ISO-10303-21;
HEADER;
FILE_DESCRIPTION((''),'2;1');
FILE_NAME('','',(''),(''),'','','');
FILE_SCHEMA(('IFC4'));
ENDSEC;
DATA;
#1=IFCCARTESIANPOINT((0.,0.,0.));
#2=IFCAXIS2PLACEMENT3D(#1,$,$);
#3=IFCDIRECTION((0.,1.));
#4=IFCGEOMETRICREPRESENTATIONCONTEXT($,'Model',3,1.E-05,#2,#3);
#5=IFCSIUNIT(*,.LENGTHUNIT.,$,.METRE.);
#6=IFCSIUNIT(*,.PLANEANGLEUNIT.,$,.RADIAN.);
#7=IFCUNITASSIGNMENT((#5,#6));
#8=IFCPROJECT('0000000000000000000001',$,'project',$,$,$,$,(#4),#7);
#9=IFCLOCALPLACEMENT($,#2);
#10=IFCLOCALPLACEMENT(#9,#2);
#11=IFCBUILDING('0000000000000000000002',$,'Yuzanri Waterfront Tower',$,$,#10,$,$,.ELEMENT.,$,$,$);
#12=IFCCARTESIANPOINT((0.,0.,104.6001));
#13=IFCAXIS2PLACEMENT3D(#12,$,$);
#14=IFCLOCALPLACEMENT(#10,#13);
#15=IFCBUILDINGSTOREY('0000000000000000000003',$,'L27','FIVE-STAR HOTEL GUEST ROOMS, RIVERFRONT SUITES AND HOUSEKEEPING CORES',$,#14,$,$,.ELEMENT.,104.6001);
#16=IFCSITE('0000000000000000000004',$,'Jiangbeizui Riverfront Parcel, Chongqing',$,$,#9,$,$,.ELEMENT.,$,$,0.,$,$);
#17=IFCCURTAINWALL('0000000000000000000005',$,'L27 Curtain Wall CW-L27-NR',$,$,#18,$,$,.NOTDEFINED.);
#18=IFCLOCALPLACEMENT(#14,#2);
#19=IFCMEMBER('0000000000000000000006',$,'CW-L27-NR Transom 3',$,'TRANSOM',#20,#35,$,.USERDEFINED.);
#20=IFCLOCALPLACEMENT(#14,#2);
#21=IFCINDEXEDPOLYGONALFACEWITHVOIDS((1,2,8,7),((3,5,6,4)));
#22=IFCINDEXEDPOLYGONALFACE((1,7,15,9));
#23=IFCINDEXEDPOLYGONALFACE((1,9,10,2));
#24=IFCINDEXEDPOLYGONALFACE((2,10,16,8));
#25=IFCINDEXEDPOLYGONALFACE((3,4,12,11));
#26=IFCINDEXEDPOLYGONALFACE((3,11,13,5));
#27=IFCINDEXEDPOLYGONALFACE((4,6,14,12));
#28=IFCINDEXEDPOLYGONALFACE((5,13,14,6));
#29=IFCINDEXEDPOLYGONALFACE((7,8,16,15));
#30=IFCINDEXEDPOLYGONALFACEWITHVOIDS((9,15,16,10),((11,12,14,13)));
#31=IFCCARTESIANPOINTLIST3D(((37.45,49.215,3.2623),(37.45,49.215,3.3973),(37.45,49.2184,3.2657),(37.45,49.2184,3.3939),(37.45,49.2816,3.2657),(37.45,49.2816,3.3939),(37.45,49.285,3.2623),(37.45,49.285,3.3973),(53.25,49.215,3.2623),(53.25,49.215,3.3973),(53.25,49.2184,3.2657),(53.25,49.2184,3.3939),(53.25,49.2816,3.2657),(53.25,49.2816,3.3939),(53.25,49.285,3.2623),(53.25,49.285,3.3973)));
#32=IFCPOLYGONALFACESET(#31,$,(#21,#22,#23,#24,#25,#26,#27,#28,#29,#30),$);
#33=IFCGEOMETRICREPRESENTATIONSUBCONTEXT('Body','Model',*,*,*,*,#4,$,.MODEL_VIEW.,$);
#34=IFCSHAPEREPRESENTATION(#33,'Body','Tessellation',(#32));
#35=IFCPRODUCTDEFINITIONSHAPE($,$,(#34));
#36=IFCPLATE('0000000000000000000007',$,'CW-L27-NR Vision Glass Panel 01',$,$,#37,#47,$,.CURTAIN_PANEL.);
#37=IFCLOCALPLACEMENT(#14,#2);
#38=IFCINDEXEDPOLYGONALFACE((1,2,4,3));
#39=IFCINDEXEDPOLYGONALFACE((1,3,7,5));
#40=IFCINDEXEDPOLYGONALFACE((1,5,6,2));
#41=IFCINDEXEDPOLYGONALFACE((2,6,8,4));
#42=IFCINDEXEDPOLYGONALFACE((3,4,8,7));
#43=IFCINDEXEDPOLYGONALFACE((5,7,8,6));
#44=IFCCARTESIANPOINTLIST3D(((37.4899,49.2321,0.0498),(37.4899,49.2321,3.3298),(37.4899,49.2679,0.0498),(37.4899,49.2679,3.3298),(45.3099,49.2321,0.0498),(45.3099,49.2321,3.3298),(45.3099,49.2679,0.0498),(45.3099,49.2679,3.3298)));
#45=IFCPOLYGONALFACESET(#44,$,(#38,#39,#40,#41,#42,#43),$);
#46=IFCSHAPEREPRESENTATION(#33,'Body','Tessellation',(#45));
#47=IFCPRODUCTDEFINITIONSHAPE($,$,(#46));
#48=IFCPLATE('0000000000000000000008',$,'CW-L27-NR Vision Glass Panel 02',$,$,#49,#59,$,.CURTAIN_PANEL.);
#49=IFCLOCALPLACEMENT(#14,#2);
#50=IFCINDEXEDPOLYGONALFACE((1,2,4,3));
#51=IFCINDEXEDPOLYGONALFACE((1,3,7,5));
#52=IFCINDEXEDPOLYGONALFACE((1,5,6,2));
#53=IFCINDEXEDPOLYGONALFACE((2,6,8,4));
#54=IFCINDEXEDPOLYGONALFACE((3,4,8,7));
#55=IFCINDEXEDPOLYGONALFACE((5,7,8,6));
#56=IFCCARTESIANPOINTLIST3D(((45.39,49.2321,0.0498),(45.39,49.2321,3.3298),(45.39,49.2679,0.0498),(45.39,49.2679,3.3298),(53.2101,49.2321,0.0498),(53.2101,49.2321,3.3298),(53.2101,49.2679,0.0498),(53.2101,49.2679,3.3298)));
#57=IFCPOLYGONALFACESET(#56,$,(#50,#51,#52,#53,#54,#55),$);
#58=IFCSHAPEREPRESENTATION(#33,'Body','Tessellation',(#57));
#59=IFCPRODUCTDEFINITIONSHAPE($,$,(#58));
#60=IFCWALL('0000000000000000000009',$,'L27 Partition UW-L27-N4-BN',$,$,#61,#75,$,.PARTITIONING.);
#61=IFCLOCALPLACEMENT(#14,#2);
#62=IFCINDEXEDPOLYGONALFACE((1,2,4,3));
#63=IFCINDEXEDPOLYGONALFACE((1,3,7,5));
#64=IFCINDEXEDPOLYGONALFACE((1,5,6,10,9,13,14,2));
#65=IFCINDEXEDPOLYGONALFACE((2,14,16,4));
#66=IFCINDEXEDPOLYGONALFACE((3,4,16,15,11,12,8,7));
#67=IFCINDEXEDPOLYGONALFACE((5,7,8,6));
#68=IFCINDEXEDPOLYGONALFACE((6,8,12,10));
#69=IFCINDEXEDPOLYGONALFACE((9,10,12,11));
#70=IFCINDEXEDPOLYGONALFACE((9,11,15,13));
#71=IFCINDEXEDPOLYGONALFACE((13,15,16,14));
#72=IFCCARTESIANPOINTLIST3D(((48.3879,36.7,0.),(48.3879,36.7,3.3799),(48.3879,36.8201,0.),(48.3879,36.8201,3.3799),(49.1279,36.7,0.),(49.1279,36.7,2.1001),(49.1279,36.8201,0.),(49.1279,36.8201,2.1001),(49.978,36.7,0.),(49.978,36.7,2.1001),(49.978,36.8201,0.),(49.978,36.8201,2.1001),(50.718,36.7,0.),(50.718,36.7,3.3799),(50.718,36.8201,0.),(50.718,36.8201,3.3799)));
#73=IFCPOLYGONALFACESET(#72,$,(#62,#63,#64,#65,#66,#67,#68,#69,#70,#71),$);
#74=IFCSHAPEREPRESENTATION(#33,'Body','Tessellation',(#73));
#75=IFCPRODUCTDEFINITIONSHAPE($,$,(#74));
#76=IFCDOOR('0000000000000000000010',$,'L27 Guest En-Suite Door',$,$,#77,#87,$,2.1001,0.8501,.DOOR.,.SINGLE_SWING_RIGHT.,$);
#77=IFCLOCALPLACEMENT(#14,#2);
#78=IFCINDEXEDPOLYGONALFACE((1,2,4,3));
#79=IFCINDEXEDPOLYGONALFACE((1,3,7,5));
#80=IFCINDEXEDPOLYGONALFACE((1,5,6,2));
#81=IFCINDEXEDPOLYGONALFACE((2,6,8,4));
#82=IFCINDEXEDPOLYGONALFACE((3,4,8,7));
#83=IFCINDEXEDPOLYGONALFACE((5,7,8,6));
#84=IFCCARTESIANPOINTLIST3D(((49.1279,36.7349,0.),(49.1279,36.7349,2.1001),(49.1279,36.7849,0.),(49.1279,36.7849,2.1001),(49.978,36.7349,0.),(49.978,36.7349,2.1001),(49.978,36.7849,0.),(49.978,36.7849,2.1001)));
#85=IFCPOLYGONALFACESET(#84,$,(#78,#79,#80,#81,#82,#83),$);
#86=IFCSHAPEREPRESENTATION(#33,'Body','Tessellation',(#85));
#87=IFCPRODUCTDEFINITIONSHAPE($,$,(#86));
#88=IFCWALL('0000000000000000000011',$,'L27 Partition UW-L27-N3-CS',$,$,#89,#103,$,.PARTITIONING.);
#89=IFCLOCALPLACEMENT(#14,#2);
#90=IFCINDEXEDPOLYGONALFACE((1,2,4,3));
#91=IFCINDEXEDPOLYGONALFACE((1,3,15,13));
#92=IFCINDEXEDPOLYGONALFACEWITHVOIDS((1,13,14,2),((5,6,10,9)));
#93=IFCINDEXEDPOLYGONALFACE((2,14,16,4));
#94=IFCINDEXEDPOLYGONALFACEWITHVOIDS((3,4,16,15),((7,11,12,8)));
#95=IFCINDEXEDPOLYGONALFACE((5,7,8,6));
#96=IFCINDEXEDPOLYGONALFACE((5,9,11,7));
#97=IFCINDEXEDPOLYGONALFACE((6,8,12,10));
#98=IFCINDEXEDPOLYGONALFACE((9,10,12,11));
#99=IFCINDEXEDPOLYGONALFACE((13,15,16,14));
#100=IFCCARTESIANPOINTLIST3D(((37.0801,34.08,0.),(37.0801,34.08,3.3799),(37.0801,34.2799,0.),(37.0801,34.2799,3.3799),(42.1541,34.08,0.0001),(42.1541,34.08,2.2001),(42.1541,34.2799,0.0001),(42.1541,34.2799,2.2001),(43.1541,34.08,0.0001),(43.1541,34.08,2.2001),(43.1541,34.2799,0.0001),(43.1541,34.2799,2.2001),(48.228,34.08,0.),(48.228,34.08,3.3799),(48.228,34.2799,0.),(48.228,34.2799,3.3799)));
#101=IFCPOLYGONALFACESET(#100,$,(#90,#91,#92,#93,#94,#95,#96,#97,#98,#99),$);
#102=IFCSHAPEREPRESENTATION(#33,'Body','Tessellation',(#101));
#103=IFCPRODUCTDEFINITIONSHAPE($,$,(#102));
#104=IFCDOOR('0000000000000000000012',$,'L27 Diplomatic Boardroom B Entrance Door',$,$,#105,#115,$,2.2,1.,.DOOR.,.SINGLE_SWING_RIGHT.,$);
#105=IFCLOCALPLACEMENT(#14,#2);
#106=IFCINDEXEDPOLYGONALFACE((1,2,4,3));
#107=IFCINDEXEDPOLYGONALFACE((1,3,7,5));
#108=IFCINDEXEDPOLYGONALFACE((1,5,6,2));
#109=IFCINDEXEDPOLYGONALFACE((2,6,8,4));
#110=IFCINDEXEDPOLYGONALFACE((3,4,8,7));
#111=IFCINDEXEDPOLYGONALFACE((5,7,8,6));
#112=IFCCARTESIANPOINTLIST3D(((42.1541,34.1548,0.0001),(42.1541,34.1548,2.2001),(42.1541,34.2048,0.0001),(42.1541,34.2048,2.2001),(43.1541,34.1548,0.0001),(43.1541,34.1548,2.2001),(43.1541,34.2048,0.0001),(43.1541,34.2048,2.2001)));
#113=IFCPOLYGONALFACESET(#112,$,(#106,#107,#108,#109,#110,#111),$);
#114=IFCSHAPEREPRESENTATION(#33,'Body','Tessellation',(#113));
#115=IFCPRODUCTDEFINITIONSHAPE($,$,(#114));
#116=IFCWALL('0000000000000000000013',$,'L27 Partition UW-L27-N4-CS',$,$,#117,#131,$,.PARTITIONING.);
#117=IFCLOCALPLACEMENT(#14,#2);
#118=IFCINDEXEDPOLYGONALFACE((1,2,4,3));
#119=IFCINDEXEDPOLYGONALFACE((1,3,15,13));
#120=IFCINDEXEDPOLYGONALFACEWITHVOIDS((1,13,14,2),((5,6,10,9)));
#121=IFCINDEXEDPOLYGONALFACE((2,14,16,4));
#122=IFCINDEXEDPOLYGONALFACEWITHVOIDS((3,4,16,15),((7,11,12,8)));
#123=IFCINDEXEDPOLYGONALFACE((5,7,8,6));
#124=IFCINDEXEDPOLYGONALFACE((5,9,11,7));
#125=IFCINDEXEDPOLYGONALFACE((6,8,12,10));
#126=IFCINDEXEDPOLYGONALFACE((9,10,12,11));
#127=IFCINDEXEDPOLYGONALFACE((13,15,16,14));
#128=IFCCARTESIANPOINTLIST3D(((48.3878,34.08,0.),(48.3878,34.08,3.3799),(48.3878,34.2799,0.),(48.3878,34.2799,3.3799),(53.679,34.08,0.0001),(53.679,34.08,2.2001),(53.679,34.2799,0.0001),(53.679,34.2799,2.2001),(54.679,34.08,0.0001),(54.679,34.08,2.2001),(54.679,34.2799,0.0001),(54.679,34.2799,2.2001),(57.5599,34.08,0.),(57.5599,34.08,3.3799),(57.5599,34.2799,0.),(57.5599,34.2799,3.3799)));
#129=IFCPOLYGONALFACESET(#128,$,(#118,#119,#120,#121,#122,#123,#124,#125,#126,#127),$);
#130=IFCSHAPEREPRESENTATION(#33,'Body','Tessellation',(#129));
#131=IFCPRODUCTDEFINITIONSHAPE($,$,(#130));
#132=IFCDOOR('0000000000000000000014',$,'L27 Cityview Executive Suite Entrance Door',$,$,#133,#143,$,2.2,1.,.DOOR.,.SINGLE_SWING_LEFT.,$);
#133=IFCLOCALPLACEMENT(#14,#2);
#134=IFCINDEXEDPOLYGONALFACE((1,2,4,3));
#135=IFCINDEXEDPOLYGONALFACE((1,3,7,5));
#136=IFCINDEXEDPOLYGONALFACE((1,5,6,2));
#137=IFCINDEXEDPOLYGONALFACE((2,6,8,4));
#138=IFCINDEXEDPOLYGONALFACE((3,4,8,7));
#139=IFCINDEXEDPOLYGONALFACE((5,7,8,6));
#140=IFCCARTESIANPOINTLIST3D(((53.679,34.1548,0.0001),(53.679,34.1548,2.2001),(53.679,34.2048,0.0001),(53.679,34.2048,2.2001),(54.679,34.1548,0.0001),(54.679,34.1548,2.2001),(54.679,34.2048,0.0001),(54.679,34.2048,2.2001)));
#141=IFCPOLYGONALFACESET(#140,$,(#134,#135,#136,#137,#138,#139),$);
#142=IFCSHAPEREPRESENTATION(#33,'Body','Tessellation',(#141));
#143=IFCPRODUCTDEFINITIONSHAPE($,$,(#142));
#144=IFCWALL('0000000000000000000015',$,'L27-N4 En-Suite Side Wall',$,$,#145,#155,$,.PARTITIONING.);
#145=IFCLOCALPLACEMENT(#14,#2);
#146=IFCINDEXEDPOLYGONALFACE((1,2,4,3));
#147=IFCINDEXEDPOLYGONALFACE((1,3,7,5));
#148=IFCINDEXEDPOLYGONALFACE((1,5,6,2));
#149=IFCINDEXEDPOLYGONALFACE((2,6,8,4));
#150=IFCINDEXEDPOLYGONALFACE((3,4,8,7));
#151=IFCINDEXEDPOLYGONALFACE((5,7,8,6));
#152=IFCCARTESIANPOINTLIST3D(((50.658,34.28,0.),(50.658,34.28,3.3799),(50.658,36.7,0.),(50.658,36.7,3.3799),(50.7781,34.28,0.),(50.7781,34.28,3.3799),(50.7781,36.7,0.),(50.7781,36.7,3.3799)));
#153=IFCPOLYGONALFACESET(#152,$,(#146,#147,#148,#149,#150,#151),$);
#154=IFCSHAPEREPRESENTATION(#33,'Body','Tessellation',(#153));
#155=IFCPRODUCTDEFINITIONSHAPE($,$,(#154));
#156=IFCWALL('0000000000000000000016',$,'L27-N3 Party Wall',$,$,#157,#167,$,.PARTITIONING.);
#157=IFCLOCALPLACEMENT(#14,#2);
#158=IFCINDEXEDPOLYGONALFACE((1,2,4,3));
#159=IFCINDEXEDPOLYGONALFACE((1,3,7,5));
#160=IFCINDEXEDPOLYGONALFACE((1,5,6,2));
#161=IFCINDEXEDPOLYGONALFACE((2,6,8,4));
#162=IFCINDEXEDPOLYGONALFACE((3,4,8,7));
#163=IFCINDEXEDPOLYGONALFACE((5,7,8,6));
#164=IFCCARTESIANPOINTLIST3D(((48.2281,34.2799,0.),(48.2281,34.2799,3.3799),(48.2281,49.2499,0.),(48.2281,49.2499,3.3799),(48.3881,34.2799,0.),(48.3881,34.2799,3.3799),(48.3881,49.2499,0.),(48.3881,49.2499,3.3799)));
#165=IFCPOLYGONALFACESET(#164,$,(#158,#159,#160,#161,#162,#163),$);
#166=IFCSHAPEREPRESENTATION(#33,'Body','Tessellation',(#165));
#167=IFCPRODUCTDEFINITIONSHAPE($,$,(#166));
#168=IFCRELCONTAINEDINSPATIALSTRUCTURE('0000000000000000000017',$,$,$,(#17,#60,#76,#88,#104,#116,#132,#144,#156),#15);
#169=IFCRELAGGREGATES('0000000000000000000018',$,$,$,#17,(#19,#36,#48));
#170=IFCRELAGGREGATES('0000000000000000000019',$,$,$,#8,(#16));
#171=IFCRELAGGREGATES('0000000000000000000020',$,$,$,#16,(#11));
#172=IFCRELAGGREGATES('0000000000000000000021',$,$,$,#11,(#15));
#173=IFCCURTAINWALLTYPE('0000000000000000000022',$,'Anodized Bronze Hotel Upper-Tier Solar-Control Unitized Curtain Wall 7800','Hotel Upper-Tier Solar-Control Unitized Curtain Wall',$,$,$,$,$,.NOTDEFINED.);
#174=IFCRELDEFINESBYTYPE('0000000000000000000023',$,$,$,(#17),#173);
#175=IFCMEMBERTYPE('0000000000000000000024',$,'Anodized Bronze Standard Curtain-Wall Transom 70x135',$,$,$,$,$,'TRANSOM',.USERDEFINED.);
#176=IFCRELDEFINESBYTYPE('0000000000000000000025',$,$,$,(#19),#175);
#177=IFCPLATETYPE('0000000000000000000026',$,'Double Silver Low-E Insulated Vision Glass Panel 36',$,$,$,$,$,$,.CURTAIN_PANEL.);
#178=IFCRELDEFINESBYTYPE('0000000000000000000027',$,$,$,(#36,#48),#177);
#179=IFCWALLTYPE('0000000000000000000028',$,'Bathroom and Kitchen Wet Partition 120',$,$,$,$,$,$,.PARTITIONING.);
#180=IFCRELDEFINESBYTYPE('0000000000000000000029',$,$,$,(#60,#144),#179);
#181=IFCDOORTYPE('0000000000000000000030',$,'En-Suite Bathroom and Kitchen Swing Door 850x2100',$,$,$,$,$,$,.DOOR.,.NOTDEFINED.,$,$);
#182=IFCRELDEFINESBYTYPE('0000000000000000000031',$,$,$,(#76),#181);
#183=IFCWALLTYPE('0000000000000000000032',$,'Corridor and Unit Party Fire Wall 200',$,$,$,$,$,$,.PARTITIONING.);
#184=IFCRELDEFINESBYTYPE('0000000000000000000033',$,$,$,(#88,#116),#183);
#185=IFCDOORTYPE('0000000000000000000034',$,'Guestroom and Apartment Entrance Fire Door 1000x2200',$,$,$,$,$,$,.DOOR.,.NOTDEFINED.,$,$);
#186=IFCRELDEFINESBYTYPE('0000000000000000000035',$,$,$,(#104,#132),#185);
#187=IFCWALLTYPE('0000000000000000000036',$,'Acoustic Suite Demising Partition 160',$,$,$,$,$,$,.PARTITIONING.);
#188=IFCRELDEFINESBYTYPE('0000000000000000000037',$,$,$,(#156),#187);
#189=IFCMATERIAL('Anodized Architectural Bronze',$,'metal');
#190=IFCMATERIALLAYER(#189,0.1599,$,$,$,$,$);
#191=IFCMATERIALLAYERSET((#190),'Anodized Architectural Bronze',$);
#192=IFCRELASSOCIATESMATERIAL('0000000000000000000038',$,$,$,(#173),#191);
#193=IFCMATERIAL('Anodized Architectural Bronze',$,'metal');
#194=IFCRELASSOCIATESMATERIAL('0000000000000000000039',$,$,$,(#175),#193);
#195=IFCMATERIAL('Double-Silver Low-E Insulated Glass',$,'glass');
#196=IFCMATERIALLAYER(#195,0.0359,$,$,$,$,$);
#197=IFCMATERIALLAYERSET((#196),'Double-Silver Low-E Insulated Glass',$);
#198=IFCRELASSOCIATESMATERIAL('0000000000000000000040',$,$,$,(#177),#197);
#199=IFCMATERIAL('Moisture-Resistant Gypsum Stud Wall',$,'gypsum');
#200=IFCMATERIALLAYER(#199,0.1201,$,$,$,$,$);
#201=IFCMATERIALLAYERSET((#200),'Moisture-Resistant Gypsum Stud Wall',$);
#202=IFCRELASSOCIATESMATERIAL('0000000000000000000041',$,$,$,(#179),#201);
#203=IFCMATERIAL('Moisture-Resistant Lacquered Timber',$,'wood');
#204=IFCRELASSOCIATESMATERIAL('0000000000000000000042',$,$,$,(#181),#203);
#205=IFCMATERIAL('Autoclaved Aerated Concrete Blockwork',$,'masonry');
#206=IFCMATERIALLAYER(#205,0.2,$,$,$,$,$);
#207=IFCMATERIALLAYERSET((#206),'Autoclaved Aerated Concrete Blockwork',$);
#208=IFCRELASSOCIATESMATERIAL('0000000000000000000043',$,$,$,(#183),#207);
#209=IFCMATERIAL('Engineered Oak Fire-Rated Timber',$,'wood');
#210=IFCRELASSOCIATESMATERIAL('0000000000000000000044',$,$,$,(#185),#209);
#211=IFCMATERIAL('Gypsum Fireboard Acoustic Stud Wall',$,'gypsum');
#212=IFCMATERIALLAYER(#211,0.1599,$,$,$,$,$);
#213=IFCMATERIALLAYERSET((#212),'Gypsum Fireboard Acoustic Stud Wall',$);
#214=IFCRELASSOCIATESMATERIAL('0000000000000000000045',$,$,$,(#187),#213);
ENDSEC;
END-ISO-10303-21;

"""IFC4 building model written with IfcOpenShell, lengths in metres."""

from ifc_helpers import new_model, si_unit, direction, frame, frame_2d, origin, origin_2d, place, context, subcontext, project, spatial, rectangle, hollow_rectangle, extrude, source, transform, mapped, material, layer, layer_set, material_profile, profile_set, type_object, element, fill, aggregate, save


model = new_model("IFC4")

# Units and contexts
model_context = context("Model", 3, precision=1e-05, world=origin(), true_north=direction((0.0, 1.0)))
body_context = subcontext(model_context, "Body", "Model", "MODEL_VIEW")
ifc_project = project(units=[si_unit("LENGTHUNIT", "METRE"), si_unit("PLANEANGLEUNIT", "RADIAN")], contexts=[model_context])

# Site, building, storey
site_placement = place(None, origin())
site = spatial("IfcSite", under=ifc_project, at=site_placement, Name="Jiangbeizui Riverfront Parcel, Chongqing", CompositionType="ELEMENT", RefElevation=0.0)
building_placement = place(site_placement, origin())
building = spatial("IfcBuilding", under=site, at=building_placement, Name="Yuzanri Waterfront Tower", CompositionType="ELEMENT")
storey_placement = place(building_placement, frame((0.0, 0.0, 104.6001)))
storey = spatial("IfcBuildingStorey", under=building, at=storey_placement, Name="L27", Description="FIVE-STAR HOTEL GUEST ROOMS, RIVERFRONT SUITES AND HOUSEKEEPING CORES", CompositionType="ELEMENT", Elevation=104.6001)

# Curtain wall, member, plates
ifc_material_1 = material(Name="Anodized Architectural Bronze", Category="metal")
ifc_layer_1 = layer(ifc_material_1, 0.1599)
ifc_layer_set_1 = layer_set([ifc_layer_1], Name="Anodized Architectural Bronze")
curtain_wall_type = type_object("IfcCurtainWallType", Name="Anodized Bronze Hotel Upper-Tier Solar-Control Unitized Curtain Wall 7800", Description="Hotel Upper-Tier Solar-Control Unitized Curtain Wall", PredefinedType="NOTDEFINED", material=ifc_layer_set_1)
curtain_wall_placement = place(storey_placement, origin())
curtain_wall = element("IfcCurtainWall", 1, at=curtain_wall_placement, inside=storey, type_object=curtain_wall_type, Name="L27 Curtain Wall CW-L27-NR", PredefinedType="NOTDEFINED")
ifc_material_2 = material(Name="Anodized Architectural Bronze", Category="metal")
ifc_material_profile_1 = material_profile(ifc_material_2, hollow_rectangle(XDim=0.0701, YDim=0.135, WallThickness=0.0034, at=origin_2d()), Name="CWT 70x135")
ifc_profile_set_1 = profile_set([ifc_material_profile_1], Name="Anodized Architectural Bronze")
member_type_1 = type_object("IfcMemberType", Name="Anodized Bronze Standard Curtain-Wall Transom 70x135", ElementType="TRANSOM", PredefinedType="USERDEFINED", material=ifc_profile_set_1)
shared_shape_1 = source(origin(), body_context, "Body", "SweptSolid", [
    extrude(hollow_rectangle(XDim=0.0701, YDim=0.135, WallThickness=0.0034, at=origin_2d()), origin(), (0.0, 0.0, 1.0), 15.8),
])
member_1_placement = place(storey_placement, frame((37.45, 49.25, 3.3298), z_axis=(1.0, 0.0, 0.0), x_axis=(0.0, 1.0, 0.0)))
member_1 = element("IfcMember", 2, at=member_1_placement, type_object=member_type_1, Name="CW-L27-NR Transom 3", ObjectType="TRANSOM", PredefinedType="USERDEFINED", context=body_context, shape_type="MappedRepresentation", body=[
    mapped(shared_shape_1, transform((0.0, 0.0, 0.0), scale=1.0)),
])
ifc_material_3 = material(Name="Double-Silver Low-E Insulated Glass", Category="glass")
ifc_layer_2 = layer(ifc_material_3, 0.0359)
ifc_layer_set_2 = layer_set([ifc_layer_2], Name="Double-Silver Low-E Insulated Glass")
plate_type = type_object("IfcPlateType", Name="Double Silver Low-E Insulated Vision Glass Panel 36", PredefinedType="CURTAIN_PANEL", material=ifc_layer_set_2)
shared_shape_2 = source(origin(), body_context, "Body", "SweptSolid", [
    extrude(rectangle(XDim=7.8201, YDim=0.0359, at=origin_2d()), origin(), (0.0, 0.0, 1.0), 3.28),
])
plate_1_placement = place(storey_placement, frame((41.3999, 49.25, 0.0498), z_axis=(0.0, 0.0, 1.0), x_axis=(1.0, 0.0, 0.0)))
plate_1 = element("IfcPlate", 3, at=plate_1_placement, type_object=plate_type, Name="CW-L27-NR Vision Glass Panel 01", PredefinedType="CURTAIN_PANEL", context=body_context, shape_type="MappedRepresentation", body=[
    mapped(shared_shape_2, transform((0.0, 0.0, 0.0), scale=1.0)),
])
plate_2_placement = place(storey_placement, frame((49.3, 49.25, 0.0498), z_axis=(0.0, 0.0, 1.0), x_axis=(1.0, 0.0, 0.0)))
plate_2 = element("IfcPlate", 4, at=plate_2_placement, type_object=plate_type, Name="CW-L27-NR Vision Glass Panel 02", PredefinedType="CURTAIN_PANEL", context=body_context, shape_type="MappedRepresentation", body=[
    mapped(shared_shape_2, transform((0.0, 0.0, 0.0), scale=1.0)),
])
aggregate(curtain_wall, [member_1, plate_1, plate_2])

# Walls, openings, doors
ifc_material_4 = material(Name="Moisture-Resistant Gypsum Stud Wall", Category="gypsum")
ifc_layer_3 = layer(ifc_material_4, 0.1201)
ifc_layer_set_3 = layer_set([ifc_layer_3], Name="Moisture-Resistant Gypsum Stud Wall")
wall_type_1 = type_object("IfcWallType", Name="Bathroom and Kitchen Wet Partition 120", PredefinedType="PARTITIONING", material=ifc_layer_set_3)
wall_1_placement = place(storey_placement, frame((48.3879, 36.76, 0.0), z_axis=(0.0, 0.0, 1.0), x_axis=(1.0, 0.0, 0.0)))
wall_1 = element("IfcWall", 5, at=wall_1_placement, inside=storey, type_object=wall_type_1, Name="L27 Partition UW-L27-N4-BN", PredefinedType="PARTITIONING", context=body_context, shape_type="SweptSolid", body=[
    extrude(rectangle(XDim=2.3301, YDim=0.1201, at=frame_2d((1.165, 0.0))), origin(), (0.0, 0.0, 1.0), 3.3799),
])
opening_1_placement = place(wall_1_placement, frame((0.74, 0.0, 0.0)))
opening_1 = element("IfcOpeningElement", 6, at=opening_1_placement, cuts=wall_1, PredefinedType="OPENING", context=body_context, shape_type="SweptSolid", body=[
    extrude(rectangle(XDim=0.8501, YDim=2.1001, at=frame_2d((0.425, 1.05))), frame((0.0, 0.075, 0.0), z_axis=(0.0, -1.0, 0.0), x_axis=(1.0, 0.0, 0.0)), (0.0, 0.0, 1.0), 0.1499),
])
ifc_material_5 = material(Name="Moisture-Resistant Lacquered Timber", Category="wood")
door_type_1 = type_object("IfcDoorType", Name="En-Suite Bathroom and Kitchen Swing Door 850x2100", OperationType="NOTDEFINED", PredefinedType="DOOR", material=ifc_material_5)
shared_shape_3 = source(origin(), body_context, "Body", "SweptSolid", [
    extrude(rectangle(XDim=0.8501, YDim=2.1001, at=frame_2d((0.425, 1.05))), frame((0.0, 0.0249, 0.0), z_axis=(0.0, -1.0, 0.0), x_axis=(1.0, 0.0, 0.0)), (0.0, 0.0, 1.0), 0.05),
])
door_1_placement = place(opening_1_placement, origin())
door_1 = element("IfcDoor", 7, at=door_1_placement, inside=storey, type_object=door_type_1, Name="L27 Guest En-Suite Door", OperationType="SINGLE_SWING_RIGHT", OverallHeight=2.1001, OverallWidth=0.8501, PredefinedType="DOOR", context=body_context, shape_type="MappedRepresentation", body=[
    mapped(shared_shape_3, transform((0.0, 0.0, 0.0), scale=1.0)),
])
fill(opening_1, door_1)
ifc_material_6 = material(Name="Autoclaved Aerated Concrete Blockwork", Category="masonry")
ifc_layer_4 = layer(ifc_material_6, 0.2)
ifc_layer_set_4 = layer_set([ifc_layer_4], Name="Autoclaved Aerated Concrete Blockwork")
wall_type_2 = type_object("IfcWallType", Name="Corridor and Unit Party Fire Wall 200", PredefinedType="PARTITIONING", material=ifc_layer_set_4)
wall_2_placement = place(storey_placement, frame((37.0801, 34.1799, 0.0), z_axis=(0.0, 0.0, 1.0), x_axis=(1.0, 0.0, 0.0)))
wall_2 = element("IfcWall", 8, at=wall_2_placement, inside=storey, type_object=wall_type_2, Name="L27 Partition UW-L27-N3-CS", PredefinedType="PARTITIONING", context=body_context, shape_type="SweptSolid", body=[
    extrude(rectangle(XDim=11.1479, YDim=0.2, at=frame_2d((5.574, 0.0))), origin(), (0.0, 0.0, 1.0), 3.3799),
])
opening_2_placement = place(wall_2_placement, frame((5.074, 0.0, 0.0)))
opening_2 = element("IfcOpeningElement", 9, at=opening_2_placement, cuts=wall_2, PredefinedType="OPENING", context=body_context, shape_type="SweptSolid", body=[
    extrude(rectangle(XDim=1.0, YDim=2.2, at=frame_2d((0.5, 1.1001))), frame((0.0, 0.1147, 0.0), z_axis=(0.0, -1.0, 0.0), x_axis=(1.0, 0.0, 0.0)), (0.0, 0.0, 1.0), 0.2297),
])
ifc_material_7 = material(Name="Engineered Oak Fire-Rated Timber", Category="wood")
door_type_2 = type_object("IfcDoorType", Name="Guestroom and Apartment Entrance Fire Door 1000x2200", OperationType="NOTDEFINED", PredefinedType="DOOR", material=ifc_material_7)
shared_shape_4 = source(origin(), body_context, "Body", "SweptSolid", [
    extrude(rectangle(XDim=1.0, YDim=2.2, at=frame_2d((0.5, 1.1001))), frame((0.0, 0.0249, 0.0), z_axis=(0.0, -1.0, 0.0), x_axis=(1.0, 0.0, 0.0)), (0.0, 0.0, 1.0), 0.05),
])
door_2_placement = place(opening_2_placement, origin())
door_2 = element("IfcDoor", 10, at=door_2_placement, inside=storey, type_object=door_type_2, Name="L27 Diplomatic Boardroom B Entrance Door", OperationType="SINGLE_SWING_RIGHT", OverallHeight=2.2, OverallWidth=1.0, PredefinedType="DOOR", context=body_context, shape_type="MappedRepresentation", body=[
    mapped(shared_shape_4, transform((0.0, 0.0, 0.0), scale=1.0)),
])
fill(opening_2, door_2)
wall_3_placement = place(storey_placement, frame((48.3879, 34.1799, 0.0), z_axis=(0.0, 0.0, 1.0), x_axis=(1.0, 0.0, 0.0)))
wall_3 = element("IfcWall", 11, at=wall_3_placement, inside=storey, type_object=wall_type_2, Name="L27 Partition UW-L27-N4-CS", PredefinedType="PARTITIONING", context=body_context, shape_type="SweptSolid", body=[
    extrude(rectangle(XDim=9.1721, YDim=0.2, at=frame_2d((4.5859, 0.0))), origin(), (0.0, 0.0, 1.0), 3.3799),
])
opening_3_placement = place(wall_3_placement, frame((5.291, 0.0, 0.0)))
opening_3 = element("IfcOpeningElement", 12, at=opening_3_placement, cuts=wall_3, PredefinedType="OPENING", context=body_context, shape_type="SweptSolid", body=[
    extrude(rectangle(XDim=1.0, YDim=2.2, at=frame_2d((0.5, 1.1001))), frame((0.0, 0.1147, 0.0), z_axis=(0.0, -1.0, 0.0), x_axis=(1.0, 0.0, 0.0)), (0.0, 0.0, 1.0), 0.2297),
])
door_3_placement = place(opening_3_placement, origin())
door_3 = element("IfcDoor", 13, at=door_3_placement, inside=storey, type_object=door_type_2, Name="L27 Cityview Executive Suite Entrance Door", OperationType="SINGLE_SWING_LEFT", OverallHeight=2.2, OverallWidth=1.0, PredefinedType="DOOR", context=body_context, shape_type="MappedRepresentation", body=[
    mapped(shared_shape_4, transform((0.0, 0.0, 0.0), scale=1.0)),
])
fill(opening_3, door_3)

# Walls
shared_shape_5 = source(origin(), body_context, "Body", "SweptSolid", [
    extrude(rectangle(XDim=2.4199, YDim=0.1201, at=frame_2d((1.21, 0.0))), origin(), (0.0, 0.0, 1.0), 3.3799),
])
wall_4_placement = place(storey_placement, frame((50.718, 34.28, 0.0), z_axis=(0.0, 0.0, 1.0), x_axis=(0.0, 1.0, 0.0)))
element("IfcWall", 14, at=wall_4_placement, inside=storey, type_object=wall_type_1, Name="L27-N4 En-Suite Side Wall", PredefinedType="PARTITIONING", context=body_context, shape_type="MappedRepresentation", body=[
    mapped(shared_shape_5, transform((0.0, 0.0, 0.0), scale=1.0)),
])
ifc_material_8 = material(Name="Gypsum Fireboard Acoustic Stud Wall", Category="gypsum")
ifc_layer_5 = layer(ifc_material_8, 0.1599)
ifc_layer_set_5 = layer_set([ifc_layer_5], Name="Gypsum Fireboard Acoustic Stud Wall")
wall_type_3 = type_object("IfcWallType", Name="Acoustic Suite Demising Partition 160", PredefinedType="PARTITIONING", material=ifc_layer_set_5)
shared_shape_6 = source(origin(), body_context, "Body", "SweptSolid", [
    extrude(rectangle(XDim=14.97, YDim=0.1599, at=frame_2d((7.4849, 0.0))), origin(), (0.0, 0.0, 1.0), 3.3799),
])
wall_5_placement = place(storey_placement, frame((48.3081, 34.28, 0.0), z_axis=(0.0, 0.0, 1.0), x_axis=(0.0, 1.0, 0.0)))
element("IfcWall", 15, at=wall_5_placement, inside=storey, type_object=wall_type_3, Name="L27-N3 Party Wall", PredefinedType="PARTITIONING", context=body_context, shape_type="MappedRepresentation", body=[
    mapped(shared_shape_6, transform((0.0, 0.0, 0.0), scale=1.0)),
])

save(model, "model.ifc")
